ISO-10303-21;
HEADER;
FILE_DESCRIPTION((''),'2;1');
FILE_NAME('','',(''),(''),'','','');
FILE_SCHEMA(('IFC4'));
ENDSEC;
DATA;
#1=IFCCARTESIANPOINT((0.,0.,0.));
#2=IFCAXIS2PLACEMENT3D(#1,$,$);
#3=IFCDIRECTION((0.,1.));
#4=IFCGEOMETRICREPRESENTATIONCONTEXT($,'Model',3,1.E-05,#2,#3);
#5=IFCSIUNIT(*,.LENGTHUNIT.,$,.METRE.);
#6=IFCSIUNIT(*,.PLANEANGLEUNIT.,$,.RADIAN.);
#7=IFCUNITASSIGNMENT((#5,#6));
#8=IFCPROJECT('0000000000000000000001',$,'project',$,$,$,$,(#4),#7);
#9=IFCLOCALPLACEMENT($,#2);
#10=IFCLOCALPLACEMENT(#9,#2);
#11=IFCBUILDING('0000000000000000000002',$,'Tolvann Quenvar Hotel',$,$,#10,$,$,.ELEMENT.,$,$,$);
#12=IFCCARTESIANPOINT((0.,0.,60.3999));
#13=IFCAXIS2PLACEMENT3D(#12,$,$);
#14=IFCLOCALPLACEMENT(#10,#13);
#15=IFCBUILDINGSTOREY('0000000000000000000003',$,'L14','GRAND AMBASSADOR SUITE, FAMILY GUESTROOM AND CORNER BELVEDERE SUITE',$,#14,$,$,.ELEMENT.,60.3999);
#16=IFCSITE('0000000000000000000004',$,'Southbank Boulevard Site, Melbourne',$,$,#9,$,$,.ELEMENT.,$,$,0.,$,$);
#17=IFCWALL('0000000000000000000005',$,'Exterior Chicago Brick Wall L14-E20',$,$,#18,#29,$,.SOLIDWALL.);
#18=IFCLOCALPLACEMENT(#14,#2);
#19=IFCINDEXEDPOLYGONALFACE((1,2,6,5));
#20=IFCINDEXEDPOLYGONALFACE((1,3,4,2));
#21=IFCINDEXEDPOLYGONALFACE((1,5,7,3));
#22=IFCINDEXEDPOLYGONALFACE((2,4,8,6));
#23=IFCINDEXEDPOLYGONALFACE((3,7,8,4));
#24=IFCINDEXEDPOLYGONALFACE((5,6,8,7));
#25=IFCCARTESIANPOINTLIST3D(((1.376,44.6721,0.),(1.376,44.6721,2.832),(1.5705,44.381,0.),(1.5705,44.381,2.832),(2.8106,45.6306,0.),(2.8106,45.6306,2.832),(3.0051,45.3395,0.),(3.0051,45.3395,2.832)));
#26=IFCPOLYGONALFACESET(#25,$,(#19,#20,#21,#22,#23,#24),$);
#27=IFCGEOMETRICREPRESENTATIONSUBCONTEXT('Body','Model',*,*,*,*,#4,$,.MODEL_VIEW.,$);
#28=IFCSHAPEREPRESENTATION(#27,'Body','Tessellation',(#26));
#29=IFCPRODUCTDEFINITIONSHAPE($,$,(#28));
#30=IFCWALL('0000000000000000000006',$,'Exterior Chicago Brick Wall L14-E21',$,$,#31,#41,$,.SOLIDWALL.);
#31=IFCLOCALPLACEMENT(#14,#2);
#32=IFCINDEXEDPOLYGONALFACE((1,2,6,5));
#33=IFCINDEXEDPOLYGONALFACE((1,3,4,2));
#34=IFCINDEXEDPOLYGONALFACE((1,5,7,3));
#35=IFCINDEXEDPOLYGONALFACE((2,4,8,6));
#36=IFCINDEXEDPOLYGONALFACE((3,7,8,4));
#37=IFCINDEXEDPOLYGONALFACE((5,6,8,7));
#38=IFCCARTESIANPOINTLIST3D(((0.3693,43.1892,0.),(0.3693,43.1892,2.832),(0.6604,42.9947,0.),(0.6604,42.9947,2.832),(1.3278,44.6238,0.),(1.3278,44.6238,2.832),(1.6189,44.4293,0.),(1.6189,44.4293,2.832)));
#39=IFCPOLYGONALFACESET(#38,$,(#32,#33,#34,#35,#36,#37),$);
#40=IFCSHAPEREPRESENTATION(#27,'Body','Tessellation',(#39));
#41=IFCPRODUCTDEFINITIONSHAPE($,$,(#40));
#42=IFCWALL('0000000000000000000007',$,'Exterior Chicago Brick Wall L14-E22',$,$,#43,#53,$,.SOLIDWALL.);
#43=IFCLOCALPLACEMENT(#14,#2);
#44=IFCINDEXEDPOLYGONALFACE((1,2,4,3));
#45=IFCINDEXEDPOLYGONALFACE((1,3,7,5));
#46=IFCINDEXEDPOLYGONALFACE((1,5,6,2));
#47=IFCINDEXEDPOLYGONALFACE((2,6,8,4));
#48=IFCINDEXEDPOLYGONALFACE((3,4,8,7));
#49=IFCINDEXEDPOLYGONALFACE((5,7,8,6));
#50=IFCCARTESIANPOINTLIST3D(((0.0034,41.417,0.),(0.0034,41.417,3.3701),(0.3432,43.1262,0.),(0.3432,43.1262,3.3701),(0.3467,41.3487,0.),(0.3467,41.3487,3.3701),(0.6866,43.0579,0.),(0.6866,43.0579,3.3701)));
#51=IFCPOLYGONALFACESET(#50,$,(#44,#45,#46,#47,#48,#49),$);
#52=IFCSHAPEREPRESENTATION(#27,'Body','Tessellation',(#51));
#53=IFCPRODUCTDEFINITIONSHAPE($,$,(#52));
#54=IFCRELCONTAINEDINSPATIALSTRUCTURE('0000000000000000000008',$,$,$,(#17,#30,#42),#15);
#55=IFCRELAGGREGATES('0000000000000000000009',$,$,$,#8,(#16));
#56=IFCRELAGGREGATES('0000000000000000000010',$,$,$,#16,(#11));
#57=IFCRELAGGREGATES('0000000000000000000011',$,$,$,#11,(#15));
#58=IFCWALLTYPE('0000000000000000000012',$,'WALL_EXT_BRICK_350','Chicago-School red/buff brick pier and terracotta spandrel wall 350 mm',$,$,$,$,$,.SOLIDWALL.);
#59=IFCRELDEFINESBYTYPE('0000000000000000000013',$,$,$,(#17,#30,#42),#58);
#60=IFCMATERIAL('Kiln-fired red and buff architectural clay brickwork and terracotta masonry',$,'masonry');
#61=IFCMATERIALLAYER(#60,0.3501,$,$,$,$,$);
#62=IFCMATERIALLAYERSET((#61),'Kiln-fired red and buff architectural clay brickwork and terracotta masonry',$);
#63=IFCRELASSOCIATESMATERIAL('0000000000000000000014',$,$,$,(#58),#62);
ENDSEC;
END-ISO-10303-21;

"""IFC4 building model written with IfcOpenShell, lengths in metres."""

from ifc_helpers import new_model, si_unit, direction, frame, frame_2d, origin, place, context, subcontext, project, spatial, rectangle, extrude, material, layer, layer_set, type_object, element, save


model = new_model("IFC4")

# Units and contexts
model_context = context("Model", 3, precision=1e-05, world=origin(), true_north=direction((0.0, 1.0)))
body_context = subcontext(model_context, "Body", "Model", "MODEL_VIEW")
ifc_project = project(units=[si_unit("LENGTHUNIT", "METRE"), si_unit("PLANEANGLEUNIT", "RADIAN")], contexts=[model_context])

# Site, building, storey
site_placement = place(None, origin())
site = spatial("IfcSite", under=ifc_project, at=site_placement, Name="Southbank Boulevard Site, Melbourne", CompositionType="ELEMENT", RefElevation=0.0)
building_placement = place(site_placement, origin())
building = spatial("IfcBuilding", under=site, at=building_placement, Name="Tolvann Quenvar Hotel", CompositionType="ELEMENT")
storey_placement = place(building_placement, frame((0.0, 0.0, 60.3999)))
storey = spatial("IfcBuildingStorey", under=building, at=storey_placement, Name="L14", Description="GRAND AMBASSADOR SUITE, FAMILY GUESTROOM AND CORNER BELVEDERE SUITE", CompositionType="ELEMENT", Elevation=60.3999)

# Walls
ifc_material_1 = material(Name="Kiln-fired red and buff architectural clay brickwork and terracotta masonry", Category="masonry")
ifc_layer_1 = layer(ifc_material_1, 0.3501)
ifc_layer_set_1 = layer_set([ifc_layer_1], Name="Kiln-fired red and buff architectural clay brickwork and terracotta masonry")
wall_type_1 = type_object("IfcWallType", Name="WALL_EXT_BRICK_350", Description="Chicago-School red/buff brick pier and terracotta spandrel wall 350 mm", PredefinedType="SOLIDWALL", material=ifc_layer_set_1)
for number, where, z_axis, x_axis, name in (
    (1, (2.908, 45.4851, 0.0), (0.0, 0.0, 1.0), (-0.831484, -0.555549, 0.0), "Exterior Chicago Brick Wall L14-E20"),
    (2, (1.4734, 44.5266, 0.0), (0.0, 0.0, 1.0), (-0.555549, -0.831484, 0.0), "Exterior Chicago Brick Wall L14-E21"),
):
    element("IfcWall", number, at=place(storey_placement, frame(where, z_axis=z_axis, x_axis=x_axis)), inside=storey, type_object=wall_type_1, Name=name, PredefinedType="SOLIDWALL", context=body_context, shape_type="SweptSolid", body=[
        extrude(rectangle(XDim=1.7253, YDim=0.3501, at=frame_2d((0.8628, 0.0))), origin(), (0.0, 0.0, 1.0), 2.832),
    ])
wall_1_placement = place(storey_placement, frame((0.5149, 43.092, 0.0), z_axis=(0.0, 0.0, 1.0), x_axis=(-0.195011, -0.980801, 0.0)))
element("IfcWall", 3, at=wall_1_placement, inside=storey, type_object=wall_type_1, Name="Exterior Chicago Brick Wall L14-E22", PredefinedType="SOLIDWALL", context=body_context, shape_type="SweptSolid", body=[
    extrude(rectangle(XDim=1.7427, YDim=0.3501, at=frame_2d((0.8713, 0.0))), origin(), (0.0, 0.0, 1.0), 3.3701),
])

save(model, "model.ifc")
